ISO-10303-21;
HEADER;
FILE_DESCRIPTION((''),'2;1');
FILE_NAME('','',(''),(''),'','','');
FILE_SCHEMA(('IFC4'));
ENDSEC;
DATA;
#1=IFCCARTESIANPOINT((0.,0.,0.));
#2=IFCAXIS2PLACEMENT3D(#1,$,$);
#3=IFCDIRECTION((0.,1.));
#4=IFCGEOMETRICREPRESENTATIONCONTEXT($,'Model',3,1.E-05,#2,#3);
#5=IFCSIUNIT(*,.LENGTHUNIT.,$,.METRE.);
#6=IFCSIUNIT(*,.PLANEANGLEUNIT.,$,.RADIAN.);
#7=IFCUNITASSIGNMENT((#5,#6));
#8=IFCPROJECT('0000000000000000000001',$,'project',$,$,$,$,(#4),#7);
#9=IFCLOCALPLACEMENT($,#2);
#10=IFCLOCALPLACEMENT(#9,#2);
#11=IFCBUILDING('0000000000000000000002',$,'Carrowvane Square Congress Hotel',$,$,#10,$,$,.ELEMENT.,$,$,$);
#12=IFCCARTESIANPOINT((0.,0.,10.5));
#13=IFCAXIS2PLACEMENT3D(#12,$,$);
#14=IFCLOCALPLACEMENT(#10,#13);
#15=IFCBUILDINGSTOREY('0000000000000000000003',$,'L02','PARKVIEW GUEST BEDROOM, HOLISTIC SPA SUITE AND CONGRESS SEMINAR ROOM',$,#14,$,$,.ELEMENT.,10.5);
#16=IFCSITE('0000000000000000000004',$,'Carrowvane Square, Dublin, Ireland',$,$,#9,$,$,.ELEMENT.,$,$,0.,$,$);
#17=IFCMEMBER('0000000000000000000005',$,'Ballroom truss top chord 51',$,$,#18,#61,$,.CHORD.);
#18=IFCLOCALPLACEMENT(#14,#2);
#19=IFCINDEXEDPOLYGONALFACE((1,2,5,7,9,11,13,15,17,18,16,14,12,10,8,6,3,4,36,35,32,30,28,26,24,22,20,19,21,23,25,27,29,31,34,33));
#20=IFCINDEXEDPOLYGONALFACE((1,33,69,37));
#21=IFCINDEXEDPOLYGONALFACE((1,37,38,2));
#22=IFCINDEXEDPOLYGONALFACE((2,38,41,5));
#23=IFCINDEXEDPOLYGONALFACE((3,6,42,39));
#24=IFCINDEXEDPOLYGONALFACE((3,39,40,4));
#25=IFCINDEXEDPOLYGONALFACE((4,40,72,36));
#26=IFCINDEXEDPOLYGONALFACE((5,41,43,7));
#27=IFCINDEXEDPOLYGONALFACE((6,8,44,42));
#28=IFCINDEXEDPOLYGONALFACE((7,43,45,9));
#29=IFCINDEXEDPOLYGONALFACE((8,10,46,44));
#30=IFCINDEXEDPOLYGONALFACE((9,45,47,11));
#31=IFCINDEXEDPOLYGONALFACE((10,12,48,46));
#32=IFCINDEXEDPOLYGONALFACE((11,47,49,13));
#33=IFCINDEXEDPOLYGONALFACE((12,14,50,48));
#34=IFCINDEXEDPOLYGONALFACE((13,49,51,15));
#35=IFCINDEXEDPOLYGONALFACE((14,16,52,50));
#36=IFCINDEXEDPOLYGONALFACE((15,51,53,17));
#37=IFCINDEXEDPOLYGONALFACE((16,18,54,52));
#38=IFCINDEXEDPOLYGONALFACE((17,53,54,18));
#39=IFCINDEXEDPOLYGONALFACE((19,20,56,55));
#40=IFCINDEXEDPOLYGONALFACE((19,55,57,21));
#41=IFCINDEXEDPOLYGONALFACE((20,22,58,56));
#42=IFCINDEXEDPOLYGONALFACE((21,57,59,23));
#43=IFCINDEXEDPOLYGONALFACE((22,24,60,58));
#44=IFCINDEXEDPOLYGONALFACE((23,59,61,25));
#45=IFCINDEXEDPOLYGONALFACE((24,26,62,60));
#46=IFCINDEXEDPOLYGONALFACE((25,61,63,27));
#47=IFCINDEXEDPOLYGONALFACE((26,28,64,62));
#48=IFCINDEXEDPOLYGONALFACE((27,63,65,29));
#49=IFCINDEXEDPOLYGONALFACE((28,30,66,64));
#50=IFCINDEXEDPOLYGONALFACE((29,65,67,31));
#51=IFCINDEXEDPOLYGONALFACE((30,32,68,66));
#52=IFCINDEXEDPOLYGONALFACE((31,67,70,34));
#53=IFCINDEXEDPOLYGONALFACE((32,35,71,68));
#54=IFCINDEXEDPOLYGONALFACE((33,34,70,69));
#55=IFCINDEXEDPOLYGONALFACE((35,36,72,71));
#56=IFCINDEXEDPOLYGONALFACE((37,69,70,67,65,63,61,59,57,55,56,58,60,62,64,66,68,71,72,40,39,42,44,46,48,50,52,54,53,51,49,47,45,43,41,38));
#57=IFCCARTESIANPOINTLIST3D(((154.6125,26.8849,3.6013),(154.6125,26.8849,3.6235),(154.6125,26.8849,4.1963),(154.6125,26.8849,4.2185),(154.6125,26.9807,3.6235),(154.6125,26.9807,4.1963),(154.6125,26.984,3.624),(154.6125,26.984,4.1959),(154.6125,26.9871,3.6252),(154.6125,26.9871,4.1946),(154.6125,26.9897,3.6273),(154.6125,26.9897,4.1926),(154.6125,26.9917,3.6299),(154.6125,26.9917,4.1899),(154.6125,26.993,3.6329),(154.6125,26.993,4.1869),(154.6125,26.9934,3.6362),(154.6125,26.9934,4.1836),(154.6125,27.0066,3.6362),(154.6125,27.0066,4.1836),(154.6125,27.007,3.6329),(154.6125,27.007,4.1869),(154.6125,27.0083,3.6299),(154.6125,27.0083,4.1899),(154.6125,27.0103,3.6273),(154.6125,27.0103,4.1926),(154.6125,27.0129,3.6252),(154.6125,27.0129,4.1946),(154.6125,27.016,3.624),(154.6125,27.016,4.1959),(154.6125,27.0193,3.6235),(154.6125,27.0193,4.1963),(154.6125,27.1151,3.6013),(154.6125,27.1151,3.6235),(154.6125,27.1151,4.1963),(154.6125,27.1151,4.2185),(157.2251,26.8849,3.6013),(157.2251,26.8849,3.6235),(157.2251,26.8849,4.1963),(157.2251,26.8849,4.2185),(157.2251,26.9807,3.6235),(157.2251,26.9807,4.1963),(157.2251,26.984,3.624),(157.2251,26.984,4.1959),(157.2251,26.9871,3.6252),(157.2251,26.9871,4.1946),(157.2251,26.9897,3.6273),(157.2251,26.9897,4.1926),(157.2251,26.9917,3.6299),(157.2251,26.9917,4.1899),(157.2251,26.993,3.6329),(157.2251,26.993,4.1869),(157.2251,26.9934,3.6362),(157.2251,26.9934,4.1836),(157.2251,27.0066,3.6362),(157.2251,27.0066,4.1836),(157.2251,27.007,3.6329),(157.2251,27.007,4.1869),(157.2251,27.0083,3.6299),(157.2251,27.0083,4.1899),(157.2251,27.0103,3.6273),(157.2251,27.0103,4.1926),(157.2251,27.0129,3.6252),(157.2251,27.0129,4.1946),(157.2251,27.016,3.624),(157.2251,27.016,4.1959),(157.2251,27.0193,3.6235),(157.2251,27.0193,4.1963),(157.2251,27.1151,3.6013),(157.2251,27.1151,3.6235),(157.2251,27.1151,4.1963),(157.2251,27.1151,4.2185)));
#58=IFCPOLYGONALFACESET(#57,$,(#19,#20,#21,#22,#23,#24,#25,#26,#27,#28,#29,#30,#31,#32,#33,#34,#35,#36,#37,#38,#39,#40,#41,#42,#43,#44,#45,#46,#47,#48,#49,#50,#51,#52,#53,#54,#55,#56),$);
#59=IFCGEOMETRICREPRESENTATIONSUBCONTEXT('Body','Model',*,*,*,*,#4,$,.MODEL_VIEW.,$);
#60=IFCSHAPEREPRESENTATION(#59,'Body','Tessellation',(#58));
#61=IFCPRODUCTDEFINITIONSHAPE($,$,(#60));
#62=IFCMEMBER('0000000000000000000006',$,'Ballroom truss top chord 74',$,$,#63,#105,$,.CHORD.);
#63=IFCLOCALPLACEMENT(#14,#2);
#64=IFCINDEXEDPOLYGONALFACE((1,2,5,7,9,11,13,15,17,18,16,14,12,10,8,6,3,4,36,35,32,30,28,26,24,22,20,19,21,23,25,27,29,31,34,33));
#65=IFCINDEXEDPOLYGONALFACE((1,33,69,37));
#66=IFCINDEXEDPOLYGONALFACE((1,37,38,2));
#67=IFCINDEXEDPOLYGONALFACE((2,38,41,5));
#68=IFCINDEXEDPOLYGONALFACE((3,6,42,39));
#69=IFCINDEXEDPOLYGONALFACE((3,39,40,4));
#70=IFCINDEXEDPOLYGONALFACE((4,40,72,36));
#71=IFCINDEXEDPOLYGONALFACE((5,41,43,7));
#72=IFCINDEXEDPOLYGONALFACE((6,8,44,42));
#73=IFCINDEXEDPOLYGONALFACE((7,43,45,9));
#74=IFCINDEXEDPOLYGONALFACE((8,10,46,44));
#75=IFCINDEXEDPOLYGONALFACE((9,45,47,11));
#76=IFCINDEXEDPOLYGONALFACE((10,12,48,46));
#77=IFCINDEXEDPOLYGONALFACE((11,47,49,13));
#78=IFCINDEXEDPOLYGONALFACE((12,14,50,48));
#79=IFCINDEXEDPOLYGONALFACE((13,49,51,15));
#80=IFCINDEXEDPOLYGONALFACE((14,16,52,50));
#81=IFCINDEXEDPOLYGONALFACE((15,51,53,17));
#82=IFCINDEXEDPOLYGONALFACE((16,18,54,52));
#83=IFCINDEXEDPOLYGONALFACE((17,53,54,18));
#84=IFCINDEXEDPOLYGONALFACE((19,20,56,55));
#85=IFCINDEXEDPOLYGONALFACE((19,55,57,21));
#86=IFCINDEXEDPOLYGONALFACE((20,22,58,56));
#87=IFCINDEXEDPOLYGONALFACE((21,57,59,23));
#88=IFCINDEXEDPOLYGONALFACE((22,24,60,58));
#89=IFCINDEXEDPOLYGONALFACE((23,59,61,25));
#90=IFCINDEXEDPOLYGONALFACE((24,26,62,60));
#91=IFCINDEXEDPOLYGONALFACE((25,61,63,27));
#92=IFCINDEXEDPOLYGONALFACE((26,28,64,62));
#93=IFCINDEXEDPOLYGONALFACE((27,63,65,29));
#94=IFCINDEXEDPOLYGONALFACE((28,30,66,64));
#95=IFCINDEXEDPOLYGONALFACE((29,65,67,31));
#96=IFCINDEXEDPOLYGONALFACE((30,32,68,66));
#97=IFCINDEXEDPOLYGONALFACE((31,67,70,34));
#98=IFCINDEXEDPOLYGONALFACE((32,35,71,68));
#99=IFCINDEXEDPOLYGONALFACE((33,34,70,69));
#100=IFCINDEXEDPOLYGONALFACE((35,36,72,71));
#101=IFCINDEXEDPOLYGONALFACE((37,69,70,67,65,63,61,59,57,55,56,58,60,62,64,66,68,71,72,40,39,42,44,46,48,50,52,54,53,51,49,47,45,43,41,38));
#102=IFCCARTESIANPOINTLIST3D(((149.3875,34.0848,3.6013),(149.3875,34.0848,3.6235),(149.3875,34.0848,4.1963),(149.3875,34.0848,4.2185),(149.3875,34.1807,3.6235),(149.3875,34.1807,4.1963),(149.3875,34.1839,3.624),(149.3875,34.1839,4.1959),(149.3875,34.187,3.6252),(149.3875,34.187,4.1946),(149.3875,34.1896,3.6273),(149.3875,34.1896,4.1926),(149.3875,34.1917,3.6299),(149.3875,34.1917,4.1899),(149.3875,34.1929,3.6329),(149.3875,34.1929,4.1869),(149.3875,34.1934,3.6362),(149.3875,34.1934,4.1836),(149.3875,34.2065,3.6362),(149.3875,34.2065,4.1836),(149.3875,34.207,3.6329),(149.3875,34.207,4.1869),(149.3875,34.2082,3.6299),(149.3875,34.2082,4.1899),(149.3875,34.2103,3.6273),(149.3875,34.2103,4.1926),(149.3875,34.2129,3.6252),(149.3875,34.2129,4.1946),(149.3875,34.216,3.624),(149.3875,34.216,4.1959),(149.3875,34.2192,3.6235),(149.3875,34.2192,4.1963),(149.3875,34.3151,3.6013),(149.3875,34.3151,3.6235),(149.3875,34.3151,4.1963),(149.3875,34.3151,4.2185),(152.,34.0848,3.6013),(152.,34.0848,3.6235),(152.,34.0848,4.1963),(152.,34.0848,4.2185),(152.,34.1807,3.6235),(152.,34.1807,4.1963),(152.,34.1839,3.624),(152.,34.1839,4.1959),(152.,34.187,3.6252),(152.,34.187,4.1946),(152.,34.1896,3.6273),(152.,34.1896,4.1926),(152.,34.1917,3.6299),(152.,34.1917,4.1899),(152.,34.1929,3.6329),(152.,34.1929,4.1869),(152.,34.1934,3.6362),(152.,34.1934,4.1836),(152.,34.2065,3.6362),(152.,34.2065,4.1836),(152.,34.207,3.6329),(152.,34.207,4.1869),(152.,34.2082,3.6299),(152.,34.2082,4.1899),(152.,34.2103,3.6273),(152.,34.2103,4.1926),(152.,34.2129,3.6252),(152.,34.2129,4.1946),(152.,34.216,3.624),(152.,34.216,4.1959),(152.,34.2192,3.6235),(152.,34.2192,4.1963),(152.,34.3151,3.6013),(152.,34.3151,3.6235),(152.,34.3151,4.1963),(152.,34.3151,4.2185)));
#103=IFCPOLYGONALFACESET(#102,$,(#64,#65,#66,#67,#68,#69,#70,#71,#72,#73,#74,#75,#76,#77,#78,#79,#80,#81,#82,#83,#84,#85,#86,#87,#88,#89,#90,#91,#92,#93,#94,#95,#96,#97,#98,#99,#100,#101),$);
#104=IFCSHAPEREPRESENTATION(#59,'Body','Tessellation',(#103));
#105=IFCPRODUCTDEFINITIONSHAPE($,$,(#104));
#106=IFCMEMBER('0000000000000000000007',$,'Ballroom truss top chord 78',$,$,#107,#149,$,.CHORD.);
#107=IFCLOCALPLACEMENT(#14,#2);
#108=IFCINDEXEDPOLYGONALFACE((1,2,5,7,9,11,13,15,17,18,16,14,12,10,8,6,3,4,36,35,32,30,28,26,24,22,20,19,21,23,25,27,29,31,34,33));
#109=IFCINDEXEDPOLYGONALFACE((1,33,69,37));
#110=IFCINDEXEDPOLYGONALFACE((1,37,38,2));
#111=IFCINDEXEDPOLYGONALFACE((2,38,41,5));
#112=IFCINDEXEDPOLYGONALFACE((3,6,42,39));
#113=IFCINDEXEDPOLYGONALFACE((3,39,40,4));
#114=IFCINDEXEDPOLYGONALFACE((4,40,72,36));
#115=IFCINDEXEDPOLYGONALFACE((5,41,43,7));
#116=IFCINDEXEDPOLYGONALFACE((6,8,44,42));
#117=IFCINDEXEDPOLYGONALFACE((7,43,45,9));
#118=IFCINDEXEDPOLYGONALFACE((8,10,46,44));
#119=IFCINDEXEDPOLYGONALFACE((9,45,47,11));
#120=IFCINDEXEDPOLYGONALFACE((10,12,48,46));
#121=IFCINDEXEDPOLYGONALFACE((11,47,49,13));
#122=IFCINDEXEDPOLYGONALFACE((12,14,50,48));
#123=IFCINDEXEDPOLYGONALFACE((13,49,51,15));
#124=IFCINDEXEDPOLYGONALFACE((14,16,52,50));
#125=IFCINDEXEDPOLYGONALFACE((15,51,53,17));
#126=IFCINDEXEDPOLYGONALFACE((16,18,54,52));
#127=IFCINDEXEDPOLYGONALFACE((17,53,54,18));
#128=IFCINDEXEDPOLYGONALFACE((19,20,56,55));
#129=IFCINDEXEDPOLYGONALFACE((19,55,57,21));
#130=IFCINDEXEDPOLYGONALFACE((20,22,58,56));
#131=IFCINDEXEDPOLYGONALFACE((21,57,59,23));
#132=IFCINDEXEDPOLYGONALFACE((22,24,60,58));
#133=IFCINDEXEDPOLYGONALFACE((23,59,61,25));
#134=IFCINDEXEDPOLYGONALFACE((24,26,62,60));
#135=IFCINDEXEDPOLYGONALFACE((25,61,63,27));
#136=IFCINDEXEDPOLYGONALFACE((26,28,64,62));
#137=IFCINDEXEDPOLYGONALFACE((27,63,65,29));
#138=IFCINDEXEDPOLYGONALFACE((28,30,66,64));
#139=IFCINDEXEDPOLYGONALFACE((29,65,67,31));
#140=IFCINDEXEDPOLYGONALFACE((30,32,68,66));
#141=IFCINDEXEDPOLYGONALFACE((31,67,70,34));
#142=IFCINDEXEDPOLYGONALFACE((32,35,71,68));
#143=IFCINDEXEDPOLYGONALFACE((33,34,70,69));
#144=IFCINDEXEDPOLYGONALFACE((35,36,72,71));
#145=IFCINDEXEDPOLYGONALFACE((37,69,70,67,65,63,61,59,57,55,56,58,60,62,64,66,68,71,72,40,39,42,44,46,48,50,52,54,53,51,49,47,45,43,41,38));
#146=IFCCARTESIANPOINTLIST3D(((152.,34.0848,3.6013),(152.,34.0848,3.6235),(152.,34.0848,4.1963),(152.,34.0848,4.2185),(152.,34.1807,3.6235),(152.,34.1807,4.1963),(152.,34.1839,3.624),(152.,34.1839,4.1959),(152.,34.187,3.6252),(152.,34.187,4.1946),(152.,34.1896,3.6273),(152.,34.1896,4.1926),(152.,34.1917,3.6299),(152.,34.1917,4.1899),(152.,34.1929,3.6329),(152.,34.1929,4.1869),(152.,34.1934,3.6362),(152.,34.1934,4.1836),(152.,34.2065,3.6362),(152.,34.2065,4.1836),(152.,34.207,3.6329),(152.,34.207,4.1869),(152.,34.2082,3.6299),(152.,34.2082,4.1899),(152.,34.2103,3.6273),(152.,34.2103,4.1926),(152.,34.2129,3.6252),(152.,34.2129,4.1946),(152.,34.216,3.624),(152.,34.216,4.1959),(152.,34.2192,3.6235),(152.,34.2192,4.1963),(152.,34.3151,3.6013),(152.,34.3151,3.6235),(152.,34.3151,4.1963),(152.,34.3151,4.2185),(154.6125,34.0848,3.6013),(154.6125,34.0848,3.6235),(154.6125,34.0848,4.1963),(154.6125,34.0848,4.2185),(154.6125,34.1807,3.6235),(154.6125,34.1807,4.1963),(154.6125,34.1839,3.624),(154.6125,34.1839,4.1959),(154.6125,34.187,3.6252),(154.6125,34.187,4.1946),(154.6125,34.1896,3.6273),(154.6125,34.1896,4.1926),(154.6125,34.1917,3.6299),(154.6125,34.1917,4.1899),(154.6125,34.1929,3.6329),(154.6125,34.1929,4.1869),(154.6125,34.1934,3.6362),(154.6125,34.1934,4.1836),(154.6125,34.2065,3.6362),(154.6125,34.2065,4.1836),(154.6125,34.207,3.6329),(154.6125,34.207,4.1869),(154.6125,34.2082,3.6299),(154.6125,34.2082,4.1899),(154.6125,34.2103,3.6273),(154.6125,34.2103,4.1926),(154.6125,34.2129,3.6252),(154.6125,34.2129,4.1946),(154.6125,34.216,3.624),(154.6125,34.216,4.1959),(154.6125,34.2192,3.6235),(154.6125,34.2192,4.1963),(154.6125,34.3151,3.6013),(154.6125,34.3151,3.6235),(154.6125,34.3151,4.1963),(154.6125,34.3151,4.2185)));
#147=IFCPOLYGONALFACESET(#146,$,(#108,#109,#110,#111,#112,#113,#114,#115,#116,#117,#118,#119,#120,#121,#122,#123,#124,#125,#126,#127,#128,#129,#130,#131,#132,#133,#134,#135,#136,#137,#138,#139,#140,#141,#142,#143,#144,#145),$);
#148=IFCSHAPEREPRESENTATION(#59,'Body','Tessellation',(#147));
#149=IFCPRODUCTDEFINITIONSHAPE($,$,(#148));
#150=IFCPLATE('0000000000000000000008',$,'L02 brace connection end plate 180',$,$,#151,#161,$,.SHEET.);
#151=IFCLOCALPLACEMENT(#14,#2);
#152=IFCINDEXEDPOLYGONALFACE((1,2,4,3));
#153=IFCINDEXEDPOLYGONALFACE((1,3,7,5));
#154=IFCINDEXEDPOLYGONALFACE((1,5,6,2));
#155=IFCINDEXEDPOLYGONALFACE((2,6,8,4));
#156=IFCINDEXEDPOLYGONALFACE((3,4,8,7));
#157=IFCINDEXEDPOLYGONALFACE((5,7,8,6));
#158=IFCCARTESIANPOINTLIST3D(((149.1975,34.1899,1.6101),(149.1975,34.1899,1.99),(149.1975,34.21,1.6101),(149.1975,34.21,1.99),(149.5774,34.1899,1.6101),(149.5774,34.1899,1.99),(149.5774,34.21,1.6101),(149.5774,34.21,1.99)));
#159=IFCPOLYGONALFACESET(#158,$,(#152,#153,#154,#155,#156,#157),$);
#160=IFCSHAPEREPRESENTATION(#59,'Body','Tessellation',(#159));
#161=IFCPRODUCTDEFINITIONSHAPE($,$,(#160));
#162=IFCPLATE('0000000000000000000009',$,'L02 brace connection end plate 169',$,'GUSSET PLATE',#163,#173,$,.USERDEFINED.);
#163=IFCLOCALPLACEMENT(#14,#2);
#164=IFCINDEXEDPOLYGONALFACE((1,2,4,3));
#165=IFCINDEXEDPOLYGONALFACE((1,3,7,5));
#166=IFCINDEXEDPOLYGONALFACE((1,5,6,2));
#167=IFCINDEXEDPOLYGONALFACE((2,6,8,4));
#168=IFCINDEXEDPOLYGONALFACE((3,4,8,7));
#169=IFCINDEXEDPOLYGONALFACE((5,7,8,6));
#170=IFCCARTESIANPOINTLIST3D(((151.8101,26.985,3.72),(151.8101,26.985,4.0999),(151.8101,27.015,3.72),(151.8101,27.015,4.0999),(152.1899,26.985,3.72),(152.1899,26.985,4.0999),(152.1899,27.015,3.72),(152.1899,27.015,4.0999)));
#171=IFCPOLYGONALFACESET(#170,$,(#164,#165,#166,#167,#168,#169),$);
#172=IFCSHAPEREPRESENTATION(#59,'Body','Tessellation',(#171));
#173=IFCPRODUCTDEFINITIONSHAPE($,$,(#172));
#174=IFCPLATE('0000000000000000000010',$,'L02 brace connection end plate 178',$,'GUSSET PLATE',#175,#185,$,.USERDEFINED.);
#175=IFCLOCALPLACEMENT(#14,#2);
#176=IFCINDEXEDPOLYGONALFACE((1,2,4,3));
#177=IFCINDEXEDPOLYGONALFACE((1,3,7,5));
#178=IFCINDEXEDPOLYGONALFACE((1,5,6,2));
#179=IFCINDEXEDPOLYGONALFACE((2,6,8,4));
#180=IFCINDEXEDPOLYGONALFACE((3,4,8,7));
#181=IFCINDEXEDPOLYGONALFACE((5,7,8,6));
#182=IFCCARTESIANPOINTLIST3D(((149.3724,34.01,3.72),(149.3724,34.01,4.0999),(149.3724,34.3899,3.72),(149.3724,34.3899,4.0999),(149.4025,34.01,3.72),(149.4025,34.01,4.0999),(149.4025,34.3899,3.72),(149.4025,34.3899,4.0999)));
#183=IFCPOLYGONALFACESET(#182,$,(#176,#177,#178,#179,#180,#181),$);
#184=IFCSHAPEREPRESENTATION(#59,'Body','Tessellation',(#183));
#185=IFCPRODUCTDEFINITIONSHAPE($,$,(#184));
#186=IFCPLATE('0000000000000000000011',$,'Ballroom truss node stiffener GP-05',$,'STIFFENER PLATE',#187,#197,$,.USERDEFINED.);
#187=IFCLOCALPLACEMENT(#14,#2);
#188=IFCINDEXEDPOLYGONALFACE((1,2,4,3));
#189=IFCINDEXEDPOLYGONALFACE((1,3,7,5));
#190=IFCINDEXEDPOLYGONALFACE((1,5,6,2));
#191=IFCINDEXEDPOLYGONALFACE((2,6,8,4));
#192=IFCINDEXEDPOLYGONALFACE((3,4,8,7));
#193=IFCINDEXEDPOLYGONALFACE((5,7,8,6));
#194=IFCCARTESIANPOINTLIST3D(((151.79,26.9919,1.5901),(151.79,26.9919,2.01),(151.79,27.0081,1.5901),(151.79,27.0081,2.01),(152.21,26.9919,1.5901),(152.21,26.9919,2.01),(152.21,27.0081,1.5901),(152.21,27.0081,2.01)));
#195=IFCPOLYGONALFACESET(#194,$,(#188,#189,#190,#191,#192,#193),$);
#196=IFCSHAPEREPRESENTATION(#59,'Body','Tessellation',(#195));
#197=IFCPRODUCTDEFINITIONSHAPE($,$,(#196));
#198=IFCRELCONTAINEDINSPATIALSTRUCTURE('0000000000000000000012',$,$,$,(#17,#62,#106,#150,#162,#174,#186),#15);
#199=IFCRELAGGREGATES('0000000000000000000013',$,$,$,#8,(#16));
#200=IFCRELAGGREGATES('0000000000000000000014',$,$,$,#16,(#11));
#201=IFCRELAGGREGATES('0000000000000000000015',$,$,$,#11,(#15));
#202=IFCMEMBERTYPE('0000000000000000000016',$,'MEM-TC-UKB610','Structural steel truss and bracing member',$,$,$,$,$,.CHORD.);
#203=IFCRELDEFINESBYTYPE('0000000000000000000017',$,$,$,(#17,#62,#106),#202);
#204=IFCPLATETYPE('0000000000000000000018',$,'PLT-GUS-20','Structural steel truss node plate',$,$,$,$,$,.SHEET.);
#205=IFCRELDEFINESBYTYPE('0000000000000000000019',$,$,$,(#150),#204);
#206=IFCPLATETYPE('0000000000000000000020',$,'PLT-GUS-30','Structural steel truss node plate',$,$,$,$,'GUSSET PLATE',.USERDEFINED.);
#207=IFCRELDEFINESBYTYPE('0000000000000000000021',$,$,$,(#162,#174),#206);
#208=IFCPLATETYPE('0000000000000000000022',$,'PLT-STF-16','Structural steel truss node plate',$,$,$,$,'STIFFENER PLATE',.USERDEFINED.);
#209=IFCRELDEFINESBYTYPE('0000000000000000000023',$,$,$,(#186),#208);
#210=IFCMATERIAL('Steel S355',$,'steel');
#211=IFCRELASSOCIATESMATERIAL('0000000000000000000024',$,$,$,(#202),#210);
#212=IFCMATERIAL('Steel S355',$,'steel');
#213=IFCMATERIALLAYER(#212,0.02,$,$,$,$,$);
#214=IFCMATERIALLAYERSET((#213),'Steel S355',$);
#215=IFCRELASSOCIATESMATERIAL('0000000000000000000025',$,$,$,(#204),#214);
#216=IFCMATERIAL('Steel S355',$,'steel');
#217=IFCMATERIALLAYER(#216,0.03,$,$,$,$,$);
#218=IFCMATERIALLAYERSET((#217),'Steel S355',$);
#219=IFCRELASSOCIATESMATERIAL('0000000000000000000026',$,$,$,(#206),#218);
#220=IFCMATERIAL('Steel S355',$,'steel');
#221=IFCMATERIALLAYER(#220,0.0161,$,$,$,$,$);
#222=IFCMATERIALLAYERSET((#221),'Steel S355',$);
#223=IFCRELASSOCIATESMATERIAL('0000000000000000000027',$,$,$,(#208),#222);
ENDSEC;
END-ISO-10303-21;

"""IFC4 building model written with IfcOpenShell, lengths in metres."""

from ifc_helpers import new_model, si_unit, direction, frame, origin, origin_2d, place, context, subcontext, project, spatial, rectangle, i_section, extrude, material, layer, layer_set, material_profile, profile_set, type_object, element, save


model = new_model("IFC4")

# Units and contexts
model_context = context("Model", 3, precision=1e-05, world=origin(), true_north=direction((0.0, 1.0)))
body_context = subcontext(model_context, "Body", "Model", "MODEL_VIEW")
ifc_project = project(units=[si_unit("LENGTHUNIT", "METRE"), si_unit("PLANEANGLEUNIT", "RADIAN")], contexts=[model_context])

# Site, building, storey
site_placement = place(None, origin())
site = spatial("IfcSite", under=ifc_project, at=site_placement, Name="Carrowvane Square, Dublin, Ireland", CompositionType="ELEMENT", RefElevation=0.0)
building_placement = place(site_placement, origin())
building = spatial("IfcBuilding", under=site, at=building_placement, Name="Carrowvane Square Congress Hotel", CompositionType="ELEMENT")
storey_placement = place(building_placement, frame((0.0, 0.0, 10.5)))
storey = spatial("IfcBuildingStorey", under=building, at=storey_placement, Name="L02", Description="PARKVIEW GUEST BEDROOM, HOLISTIC SPA SUITE AND CONGRESS SEMINAR ROOM", CompositionType="ELEMENT", Elevation=10.5)

# Members
ifc_material_1 = material(Name="Steel S355", Category="steel")
ifc_material_profile_1 = material_profile(ifc_material_1, i_section(OverallWidth=0.2302, OverallDepth=0.6172, WebThickness=0.0132, FlangeThickness=0.0222, FilletRadius=0.0127, at=origin_2d()), Name="UKB 610x229x140")
ifc_profile_set_1 = profile_set([ifc_material_profile_1], Name="Steel S355")
member_type_1 = type_object("IfcMemberType", Name="MEM-TC-UKB610", Description="Structural steel truss and bracing member", PredefinedType="CHORD", material=ifc_profile_set_1)
for number, where, z_axis, x_axis, name in (
    (1, (154.6125, 27.0, 3.9099), (1.0, 0.0, 0.0), (0.0, 1.0, 0.0), "Ballroom truss top chord 51"),
    (2, (149.3875, 34.2, 3.9099), (1.0, 0.0, 0.0), (0.0, 1.0, 0.0), "Ballroom truss top chord 74"),
    (3, (152.0, 34.2, 3.9099), (1.0, 0.0, 0.0), (0.0, 1.0, 0.0), "Ballroom truss top chord 78"),
):
    element("IfcMember", number, at=place(storey_placement, frame(where, z_axis=z_axis, x_axis=x_axis)), inside=storey, type_object=member_type_1, Name=name, PredefinedType="CHORD", context=body_context, shape_type="SweptSolid", body=[
        extrude(i_section(OverallWidth=0.2302, OverallDepth=0.6172, WebThickness=0.0132, FlangeThickness=0.0222, FilletRadius=0.0127, at=origin_2d()), origin(), (0.0, 0.0, 1.0), 2.6125),
    ])

# Plates
ifc_material_2 = material(Name="Steel S355", Category="steel")
ifc_layer_1 = layer(ifc_material_2, 0.02)
ifc_layer_set_1 = layer_set([ifc_layer_1], Name="Steel S355")
plate_type_1 = type_object("IfcPlateType", Name="PLT-GUS-20", Description="Structural steel truss node plate", PredefinedType="SHEET", material=ifc_layer_set_1)
plate_1_placement = place(storey_placement, frame((149.3875, 34.2, 1.6101), z_axis=(0.0, 0.0, 1.0), x_axis=(1.0, 0.0, 0.0)))
element("IfcPlate", 4, at=plate_1_placement, inside=storey, type_object=plate_type_1, Name="L02 brace connection end plate 180", PredefinedType="SHEET", context=body_context, shape_type="SweptSolid", body=[
    extrude(rectangle(XDim=0.3799, YDim=0.02, at=origin_2d()), origin(), (0.0, 0.0, 1.0), 0.3799),
])
ifc_material_3 = material(Name="Steel S355", Category="steel")
ifc_layer_2 = layer(ifc_material_3, 0.03)
ifc_layer_set_2 = layer_set([ifc_layer_2], Name="Steel S355")
plate_type_2 = type_object("IfcPlateType", Name="PLT-GUS-30", Description="Structural steel truss node plate", ElementType="GUSSET PLATE", PredefinedType="USERDEFINED", material=ifc_layer_set_2)
plate_2_placement = place(storey_placement, frame((152.0, 27.0, 3.72), z_axis=(0.0, 0.0, 1.0), x_axis=(1.0, 0.0, 0.0)))
element("IfcPlate", 5, at=plate_2_placement, inside=storey, type_object=plate_type_2, Name="L02 brace connection end plate 169", ObjectType="GUSSET PLATE", PredefinedType="USERDEFINED", context=body_context, shape_type="SweptSolid", body=[
    extrude(rectangle(XDim=0.3799, YDim=0.03, at=origin_2d()), origin(), (0.0, 0.0, 1.0), 0.3799),
])
plate_3_placement = place(storey_placement, frame((149.3875, 34.2, 3.72), z_axis=(0.0, 0.0, 1.0), x_axis=(1.0, 0.0, 0.0)))
element("IfcPlate", 6, at=plate_3_placement, inside=storey, type_object=plate_type_2, Name="L02 brace connection end plate 178", ObjectType="GUSSET PLATE", PredefinedType="USERDEFINED", context=body_context, shape_type="SweptSolid", body=[
    extrude(rectangle(XDim=0.03, YDim=0.3799, at=origin_2d()), origin(), (0.0, 0.0, 1.0), 0.3799),
])
ifc_material_4 = material(Name="Steel S355", Category="steel")
ifc_layer_3 = layer(ifc_material_4, 0.0161)
ifc_layer_set_3 = layer_set([ifc_layer_3], Name="Steel S355")
plate_type_3 = type_object("IfcPlateType", Name="PLT-STF-16", Description="Structural steel truss node plate", ElementType="STIFFENER PLATE", PredefinedType="USERDEFINED", material=ifc_layer_set_3)
for number, where, z_axis, x_axis, name in (
    (7, (152.0, 27.0, 1.5901), (0.0, 0.0, 1.0), (1.0, 0.0, 0.0), "Ballroom truss node stiffener GP-05"),
):
    element("IfcPlate", number, at=place(storey_placement, frame(where, z_axis=z_axis, x_axis=x_axis)), inside=storey, type_object=plate_type_3, Name=name, ObjectType="STIFFENER PLATE", PredefinedType="USERDEFINED", context=body_context, shape_type="SweptSolid", body=[
        extrude(rectangle(XDim=0.4199, YDim=0.0161, at=origin_2d()), origin(), (0.0, 0.0, 1.0), 0.4199),
    ])

save(model, "model.ifc")
